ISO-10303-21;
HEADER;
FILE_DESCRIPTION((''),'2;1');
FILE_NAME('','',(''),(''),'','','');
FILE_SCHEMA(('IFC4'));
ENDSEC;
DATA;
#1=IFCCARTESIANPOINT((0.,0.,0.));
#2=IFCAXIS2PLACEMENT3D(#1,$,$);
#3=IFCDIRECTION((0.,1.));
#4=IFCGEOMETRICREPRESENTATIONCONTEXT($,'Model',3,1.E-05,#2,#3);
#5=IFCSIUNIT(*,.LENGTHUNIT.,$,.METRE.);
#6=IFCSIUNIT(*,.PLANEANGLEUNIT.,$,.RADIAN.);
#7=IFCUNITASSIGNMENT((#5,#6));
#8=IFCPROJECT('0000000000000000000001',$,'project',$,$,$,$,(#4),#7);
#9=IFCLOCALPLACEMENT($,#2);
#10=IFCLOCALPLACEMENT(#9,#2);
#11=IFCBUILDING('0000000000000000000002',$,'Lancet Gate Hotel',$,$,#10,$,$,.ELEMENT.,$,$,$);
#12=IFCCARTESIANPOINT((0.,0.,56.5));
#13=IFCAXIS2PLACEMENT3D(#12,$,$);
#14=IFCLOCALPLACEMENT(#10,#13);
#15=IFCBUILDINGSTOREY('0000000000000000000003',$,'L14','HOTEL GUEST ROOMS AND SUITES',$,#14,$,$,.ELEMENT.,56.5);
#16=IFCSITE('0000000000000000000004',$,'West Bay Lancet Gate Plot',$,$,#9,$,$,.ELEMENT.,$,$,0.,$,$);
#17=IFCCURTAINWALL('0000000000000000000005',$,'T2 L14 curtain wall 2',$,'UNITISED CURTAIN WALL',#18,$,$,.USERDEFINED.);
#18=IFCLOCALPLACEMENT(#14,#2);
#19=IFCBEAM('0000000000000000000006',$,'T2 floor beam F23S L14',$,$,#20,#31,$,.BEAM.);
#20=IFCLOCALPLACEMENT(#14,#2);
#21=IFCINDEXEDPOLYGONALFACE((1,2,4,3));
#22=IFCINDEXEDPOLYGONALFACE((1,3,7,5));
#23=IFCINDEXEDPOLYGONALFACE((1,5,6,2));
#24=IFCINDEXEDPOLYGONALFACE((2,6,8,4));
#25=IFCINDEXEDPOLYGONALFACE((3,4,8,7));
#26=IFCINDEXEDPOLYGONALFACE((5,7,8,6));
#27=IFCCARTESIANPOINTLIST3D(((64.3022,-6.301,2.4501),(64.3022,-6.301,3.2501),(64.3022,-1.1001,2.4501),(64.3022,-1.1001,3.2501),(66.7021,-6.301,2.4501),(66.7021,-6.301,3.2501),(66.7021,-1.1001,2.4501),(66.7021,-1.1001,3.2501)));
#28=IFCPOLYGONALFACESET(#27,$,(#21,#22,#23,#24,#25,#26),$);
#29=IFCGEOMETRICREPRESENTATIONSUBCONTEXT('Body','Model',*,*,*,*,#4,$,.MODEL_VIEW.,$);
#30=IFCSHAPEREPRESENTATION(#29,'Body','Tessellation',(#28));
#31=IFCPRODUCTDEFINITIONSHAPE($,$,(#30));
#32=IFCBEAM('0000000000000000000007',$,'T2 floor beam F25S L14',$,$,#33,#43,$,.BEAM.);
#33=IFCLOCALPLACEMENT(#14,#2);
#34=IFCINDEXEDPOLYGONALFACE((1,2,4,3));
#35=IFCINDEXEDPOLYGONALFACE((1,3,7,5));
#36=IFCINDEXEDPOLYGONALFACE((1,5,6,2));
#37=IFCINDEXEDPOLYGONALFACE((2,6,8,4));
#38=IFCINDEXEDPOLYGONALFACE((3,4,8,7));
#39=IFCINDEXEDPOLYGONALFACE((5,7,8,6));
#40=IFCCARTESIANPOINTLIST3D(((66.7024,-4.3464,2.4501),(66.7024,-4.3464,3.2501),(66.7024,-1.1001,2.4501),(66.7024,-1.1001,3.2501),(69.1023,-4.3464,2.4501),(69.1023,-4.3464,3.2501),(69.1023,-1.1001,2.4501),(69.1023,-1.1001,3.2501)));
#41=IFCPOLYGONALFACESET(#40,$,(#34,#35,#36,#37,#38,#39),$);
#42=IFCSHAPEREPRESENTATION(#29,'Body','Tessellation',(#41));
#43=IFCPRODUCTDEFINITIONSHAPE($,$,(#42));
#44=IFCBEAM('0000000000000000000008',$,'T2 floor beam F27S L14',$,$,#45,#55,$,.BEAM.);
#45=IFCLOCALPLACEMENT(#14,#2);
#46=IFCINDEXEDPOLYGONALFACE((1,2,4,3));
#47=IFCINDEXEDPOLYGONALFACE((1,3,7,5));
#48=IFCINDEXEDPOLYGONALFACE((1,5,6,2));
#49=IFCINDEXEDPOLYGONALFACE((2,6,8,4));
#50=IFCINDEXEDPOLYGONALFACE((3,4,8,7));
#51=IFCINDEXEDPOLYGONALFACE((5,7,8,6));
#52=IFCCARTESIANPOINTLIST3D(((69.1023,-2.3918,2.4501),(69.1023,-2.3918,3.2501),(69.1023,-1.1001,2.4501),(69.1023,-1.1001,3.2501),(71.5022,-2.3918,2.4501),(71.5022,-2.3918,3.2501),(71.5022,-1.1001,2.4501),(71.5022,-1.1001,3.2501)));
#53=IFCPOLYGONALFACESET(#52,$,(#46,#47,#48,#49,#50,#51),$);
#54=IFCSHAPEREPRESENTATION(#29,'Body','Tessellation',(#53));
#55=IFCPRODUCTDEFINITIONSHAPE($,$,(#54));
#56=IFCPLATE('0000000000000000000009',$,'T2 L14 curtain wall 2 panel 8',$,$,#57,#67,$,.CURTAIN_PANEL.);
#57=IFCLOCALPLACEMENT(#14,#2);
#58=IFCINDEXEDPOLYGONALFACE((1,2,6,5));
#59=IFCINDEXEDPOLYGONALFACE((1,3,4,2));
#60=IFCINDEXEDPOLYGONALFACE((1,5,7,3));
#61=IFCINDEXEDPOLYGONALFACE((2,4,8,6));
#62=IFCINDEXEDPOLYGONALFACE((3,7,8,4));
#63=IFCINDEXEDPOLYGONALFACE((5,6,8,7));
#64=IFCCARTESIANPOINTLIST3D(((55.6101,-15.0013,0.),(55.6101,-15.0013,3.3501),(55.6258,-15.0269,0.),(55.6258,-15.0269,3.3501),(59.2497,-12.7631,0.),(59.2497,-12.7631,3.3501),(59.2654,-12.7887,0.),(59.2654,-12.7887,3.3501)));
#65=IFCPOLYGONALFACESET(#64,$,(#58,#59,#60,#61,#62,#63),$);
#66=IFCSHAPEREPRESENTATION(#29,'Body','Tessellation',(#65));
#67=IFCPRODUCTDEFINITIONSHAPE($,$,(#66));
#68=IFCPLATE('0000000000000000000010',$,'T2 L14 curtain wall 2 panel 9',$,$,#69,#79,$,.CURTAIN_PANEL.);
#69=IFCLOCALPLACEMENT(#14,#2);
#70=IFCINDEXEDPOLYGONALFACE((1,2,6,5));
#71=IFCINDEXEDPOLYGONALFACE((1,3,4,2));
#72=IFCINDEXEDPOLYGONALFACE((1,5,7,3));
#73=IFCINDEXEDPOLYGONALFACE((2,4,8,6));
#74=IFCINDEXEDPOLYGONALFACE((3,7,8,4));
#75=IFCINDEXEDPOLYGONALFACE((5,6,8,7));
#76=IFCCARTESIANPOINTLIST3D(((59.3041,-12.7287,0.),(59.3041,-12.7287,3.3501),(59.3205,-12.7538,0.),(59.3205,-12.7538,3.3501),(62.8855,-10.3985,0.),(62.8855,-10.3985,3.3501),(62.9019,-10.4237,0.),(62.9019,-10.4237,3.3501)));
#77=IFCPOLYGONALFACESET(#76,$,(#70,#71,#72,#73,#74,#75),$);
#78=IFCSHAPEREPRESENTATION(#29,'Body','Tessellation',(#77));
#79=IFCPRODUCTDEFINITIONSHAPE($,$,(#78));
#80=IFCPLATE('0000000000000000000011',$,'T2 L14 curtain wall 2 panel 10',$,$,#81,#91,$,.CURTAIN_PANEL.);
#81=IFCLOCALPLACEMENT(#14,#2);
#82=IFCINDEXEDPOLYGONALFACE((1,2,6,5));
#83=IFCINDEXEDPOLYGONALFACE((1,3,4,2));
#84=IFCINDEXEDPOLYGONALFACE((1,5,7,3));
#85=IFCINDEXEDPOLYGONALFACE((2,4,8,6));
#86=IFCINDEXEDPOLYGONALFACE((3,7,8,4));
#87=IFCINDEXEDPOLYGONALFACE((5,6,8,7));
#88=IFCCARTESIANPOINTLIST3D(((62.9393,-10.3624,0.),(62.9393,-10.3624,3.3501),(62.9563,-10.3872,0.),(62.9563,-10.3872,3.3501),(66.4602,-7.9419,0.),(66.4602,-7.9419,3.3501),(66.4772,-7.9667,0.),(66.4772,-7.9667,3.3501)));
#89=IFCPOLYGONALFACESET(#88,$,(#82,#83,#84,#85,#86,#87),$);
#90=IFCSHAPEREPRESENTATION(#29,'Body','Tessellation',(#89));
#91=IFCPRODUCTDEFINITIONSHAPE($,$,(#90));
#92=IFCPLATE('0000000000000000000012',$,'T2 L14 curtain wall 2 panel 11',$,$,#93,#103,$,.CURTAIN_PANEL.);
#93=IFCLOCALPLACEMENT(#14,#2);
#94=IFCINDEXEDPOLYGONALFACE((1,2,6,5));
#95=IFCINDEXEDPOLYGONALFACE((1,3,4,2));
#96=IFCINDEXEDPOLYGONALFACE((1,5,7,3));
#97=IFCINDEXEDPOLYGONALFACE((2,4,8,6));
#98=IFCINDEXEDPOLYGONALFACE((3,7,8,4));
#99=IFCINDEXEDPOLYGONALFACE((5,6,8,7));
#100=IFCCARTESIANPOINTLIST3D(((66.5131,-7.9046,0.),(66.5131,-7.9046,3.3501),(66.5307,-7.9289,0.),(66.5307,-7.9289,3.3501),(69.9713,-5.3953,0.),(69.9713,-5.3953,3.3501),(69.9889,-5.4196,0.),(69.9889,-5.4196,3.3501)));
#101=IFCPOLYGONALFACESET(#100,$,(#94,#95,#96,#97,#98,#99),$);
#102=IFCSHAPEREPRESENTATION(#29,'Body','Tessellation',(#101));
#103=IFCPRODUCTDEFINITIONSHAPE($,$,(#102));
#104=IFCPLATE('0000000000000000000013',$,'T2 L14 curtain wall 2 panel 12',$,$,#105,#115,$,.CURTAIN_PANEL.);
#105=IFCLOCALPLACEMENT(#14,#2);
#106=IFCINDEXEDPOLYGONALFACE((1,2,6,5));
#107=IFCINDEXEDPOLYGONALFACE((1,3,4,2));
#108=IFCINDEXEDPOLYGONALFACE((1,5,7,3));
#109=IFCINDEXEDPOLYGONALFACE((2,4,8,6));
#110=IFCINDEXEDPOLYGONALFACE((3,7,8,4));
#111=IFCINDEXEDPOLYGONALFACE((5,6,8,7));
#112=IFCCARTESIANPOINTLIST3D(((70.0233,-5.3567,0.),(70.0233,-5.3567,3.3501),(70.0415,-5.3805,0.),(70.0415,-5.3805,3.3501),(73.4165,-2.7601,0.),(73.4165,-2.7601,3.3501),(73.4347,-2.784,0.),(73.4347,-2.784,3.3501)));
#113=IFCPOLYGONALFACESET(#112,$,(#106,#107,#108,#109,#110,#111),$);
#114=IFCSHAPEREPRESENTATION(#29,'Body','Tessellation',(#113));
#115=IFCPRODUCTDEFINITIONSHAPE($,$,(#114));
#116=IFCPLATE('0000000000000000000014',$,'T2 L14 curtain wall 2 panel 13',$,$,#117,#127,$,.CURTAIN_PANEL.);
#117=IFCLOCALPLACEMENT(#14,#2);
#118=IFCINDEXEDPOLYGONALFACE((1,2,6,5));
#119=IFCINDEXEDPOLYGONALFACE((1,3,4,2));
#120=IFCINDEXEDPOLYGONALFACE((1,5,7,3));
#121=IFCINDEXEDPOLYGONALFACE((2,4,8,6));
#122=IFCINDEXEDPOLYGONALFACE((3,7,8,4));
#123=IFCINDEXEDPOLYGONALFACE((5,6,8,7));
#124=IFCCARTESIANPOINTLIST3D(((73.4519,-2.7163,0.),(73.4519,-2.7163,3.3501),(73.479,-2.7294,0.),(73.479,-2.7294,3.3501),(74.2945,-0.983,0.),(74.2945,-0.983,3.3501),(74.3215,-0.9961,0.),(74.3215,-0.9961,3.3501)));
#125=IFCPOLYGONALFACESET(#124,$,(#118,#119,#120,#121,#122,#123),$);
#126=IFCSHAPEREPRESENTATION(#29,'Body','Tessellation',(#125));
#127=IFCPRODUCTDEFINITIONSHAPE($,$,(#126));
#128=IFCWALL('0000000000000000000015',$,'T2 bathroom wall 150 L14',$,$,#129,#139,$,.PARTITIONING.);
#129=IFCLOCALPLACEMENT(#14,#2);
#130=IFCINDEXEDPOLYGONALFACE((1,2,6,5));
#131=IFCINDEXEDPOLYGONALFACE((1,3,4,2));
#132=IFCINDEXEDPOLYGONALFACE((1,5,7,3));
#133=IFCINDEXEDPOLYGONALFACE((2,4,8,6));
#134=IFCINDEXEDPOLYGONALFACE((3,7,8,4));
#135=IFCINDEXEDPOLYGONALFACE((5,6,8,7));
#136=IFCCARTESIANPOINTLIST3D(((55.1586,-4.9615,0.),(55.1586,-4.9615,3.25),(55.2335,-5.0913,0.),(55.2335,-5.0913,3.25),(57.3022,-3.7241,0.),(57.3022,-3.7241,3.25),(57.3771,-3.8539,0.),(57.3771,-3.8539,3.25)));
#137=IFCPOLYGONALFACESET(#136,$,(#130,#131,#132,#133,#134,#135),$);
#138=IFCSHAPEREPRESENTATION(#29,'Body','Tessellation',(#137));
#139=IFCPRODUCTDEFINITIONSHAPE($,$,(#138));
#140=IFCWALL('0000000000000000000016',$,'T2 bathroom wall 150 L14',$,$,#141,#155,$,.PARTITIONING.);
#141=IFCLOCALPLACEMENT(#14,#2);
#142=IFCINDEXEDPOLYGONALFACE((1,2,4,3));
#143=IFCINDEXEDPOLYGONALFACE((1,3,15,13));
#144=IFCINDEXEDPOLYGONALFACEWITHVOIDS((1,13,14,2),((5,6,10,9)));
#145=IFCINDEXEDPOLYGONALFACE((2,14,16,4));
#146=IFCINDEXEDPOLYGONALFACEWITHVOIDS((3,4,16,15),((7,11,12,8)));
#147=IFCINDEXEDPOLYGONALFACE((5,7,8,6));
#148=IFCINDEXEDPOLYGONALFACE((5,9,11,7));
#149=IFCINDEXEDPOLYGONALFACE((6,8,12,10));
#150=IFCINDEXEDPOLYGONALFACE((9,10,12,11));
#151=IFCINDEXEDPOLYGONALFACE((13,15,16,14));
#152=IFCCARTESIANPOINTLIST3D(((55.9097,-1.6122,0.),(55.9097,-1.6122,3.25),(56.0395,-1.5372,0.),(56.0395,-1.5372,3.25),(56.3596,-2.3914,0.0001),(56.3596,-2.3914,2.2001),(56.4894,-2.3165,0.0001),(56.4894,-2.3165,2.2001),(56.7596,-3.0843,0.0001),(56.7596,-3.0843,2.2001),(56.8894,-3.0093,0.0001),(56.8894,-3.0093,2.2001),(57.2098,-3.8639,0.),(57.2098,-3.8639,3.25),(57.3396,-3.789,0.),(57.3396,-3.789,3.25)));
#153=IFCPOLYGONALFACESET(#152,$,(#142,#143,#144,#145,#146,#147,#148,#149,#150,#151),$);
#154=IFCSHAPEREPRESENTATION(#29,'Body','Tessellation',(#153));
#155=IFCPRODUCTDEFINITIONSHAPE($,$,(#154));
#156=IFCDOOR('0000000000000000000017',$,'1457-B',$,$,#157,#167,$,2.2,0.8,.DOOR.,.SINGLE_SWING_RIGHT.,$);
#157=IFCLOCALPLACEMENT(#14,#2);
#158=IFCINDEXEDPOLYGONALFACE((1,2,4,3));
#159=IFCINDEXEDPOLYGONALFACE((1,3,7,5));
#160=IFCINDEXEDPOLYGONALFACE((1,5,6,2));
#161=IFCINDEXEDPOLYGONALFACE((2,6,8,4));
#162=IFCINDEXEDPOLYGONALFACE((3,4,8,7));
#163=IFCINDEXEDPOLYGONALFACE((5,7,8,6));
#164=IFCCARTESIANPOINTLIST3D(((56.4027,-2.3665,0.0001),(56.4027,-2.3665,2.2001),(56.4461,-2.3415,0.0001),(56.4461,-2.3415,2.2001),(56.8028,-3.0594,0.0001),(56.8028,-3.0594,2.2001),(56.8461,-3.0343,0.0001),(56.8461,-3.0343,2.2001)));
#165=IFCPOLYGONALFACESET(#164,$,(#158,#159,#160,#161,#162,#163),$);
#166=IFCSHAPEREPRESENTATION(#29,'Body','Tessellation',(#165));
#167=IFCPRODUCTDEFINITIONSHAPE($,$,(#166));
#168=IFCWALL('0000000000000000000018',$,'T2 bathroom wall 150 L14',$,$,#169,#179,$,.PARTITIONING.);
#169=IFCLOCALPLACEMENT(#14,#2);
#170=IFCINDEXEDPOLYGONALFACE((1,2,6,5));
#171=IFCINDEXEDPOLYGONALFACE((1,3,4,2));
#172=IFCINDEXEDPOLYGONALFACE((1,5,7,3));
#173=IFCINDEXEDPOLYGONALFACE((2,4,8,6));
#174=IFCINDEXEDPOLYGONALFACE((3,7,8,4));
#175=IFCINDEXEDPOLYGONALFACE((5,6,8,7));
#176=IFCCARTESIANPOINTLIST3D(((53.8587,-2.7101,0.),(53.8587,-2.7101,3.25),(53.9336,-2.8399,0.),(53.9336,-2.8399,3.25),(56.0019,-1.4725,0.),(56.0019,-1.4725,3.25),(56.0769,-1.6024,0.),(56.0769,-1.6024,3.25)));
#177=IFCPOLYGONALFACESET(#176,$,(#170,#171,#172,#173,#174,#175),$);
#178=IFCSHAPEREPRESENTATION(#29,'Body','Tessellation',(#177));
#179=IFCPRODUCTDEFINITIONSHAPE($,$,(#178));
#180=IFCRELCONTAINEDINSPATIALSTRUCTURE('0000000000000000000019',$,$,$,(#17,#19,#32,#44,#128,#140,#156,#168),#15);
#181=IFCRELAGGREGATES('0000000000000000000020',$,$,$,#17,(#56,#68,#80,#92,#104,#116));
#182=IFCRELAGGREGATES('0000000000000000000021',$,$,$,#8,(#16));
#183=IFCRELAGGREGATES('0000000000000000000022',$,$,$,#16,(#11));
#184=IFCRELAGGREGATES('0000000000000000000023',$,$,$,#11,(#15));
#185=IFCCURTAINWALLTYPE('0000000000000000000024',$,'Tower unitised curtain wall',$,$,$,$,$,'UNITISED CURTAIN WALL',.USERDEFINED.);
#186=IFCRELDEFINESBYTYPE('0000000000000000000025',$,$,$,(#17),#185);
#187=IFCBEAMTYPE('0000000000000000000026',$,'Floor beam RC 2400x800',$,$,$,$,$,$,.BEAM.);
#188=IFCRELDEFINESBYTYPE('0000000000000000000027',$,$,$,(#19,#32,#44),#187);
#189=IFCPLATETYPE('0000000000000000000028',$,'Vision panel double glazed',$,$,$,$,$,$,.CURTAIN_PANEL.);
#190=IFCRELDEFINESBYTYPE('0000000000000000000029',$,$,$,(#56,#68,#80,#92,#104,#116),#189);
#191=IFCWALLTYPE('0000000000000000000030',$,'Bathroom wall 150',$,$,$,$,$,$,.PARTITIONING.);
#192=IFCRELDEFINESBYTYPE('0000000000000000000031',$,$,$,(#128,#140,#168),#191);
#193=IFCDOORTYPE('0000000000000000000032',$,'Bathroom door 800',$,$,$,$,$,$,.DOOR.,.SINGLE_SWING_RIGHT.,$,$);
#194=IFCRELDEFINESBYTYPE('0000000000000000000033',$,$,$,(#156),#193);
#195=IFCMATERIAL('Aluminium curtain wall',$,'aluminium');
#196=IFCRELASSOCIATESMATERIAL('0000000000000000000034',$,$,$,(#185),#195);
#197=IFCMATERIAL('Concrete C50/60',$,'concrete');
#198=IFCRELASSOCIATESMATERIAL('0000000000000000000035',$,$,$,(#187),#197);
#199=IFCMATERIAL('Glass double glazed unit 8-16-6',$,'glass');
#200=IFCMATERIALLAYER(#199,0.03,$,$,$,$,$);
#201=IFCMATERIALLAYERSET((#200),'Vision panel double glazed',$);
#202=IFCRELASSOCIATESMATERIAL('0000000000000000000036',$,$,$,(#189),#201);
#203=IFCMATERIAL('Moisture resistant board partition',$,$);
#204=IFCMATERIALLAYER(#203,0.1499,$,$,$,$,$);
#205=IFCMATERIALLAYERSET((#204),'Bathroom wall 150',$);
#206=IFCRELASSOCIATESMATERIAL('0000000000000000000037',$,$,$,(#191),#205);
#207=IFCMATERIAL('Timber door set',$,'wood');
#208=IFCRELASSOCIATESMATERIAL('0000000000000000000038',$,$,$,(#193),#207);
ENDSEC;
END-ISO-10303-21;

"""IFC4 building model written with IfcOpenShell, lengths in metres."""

from ifc_helpers import new_model, si_unit, direction, frame, frame_2d, origin, origin_2d, place, context, subcontext, project, spatial, rectangle, extrude, material, layer, layer_set, material_profile, profile_set, type_object, element, fill, aggregate, save


model = new_model("IFC4")

# Units and contexts
model_context = context("Model", 3, precision=1e-05, world=origin(), true_north=direction((0.0, 1.0)))
body_context = subcontext(model_context, "Body", "Model", "MODEL_VIEW")
ifc_project = project(units=[si_unit("LENGTHUNIT", "METRE"), si_unit("PLANEANGLEUNIT", "RADIAN")], contexts=[model_context])

# Site, building, storey
site_placement = place(None, origin())
site = spatial("IfcSite", under=ifc_project, at=site_placement, Name="West Bay Lancet Gate Plot", CompositionType="ELEMENT", RefElevation=0.0)
building_placement = place(site_placement, origin())
building = spatial("IfcBuilding", under=site, at=building_placement, Name="Lancet Gate Hotel", CompositionType="ELEMENT")
storey_placement = place(building_placement, frame((0.0, 0.0, 56.5)))
storey = spatial("IfcBuildingStorey", under=building, at=storey_placement, Name="L14", Description="HOTEL GUEST ROOMS AND SUITES", CompositionType="ELEMENT", Elevation=56.5)

# Curtain wall
ifc_material_1 = material(Name="Aluminium curtain wall", Category="aluminium")
curtain_wall_type = type_object("IfcCurtainWallType", Name="Tower unitised curtain wall", ElementType="UNITISED CURTAIN WALL", PredefinedType="USERDEFINED", material=ifc_material_1)
curtain_wall_placement = place(storey_placement, origin())
curtain_wall = element("IfcCurtainWall", 1, at=curtain_wall_placement, inside=storey, type_object=curtain_wall_type, Name="T2 L14 curtain wall 2", ObjectType="UNITISED CURTAIN WALL", PredefinedType="USERDEFINED")

# Beams
ifc_material_2 = material(Name="Concrete C50/60", Category="concrete")
ifc_material_profile_1 = material_profile(ifc_material_2, rectangle(XDim=2.3999, YDim=0.8, at=origin_2d()), Name="RC 2400x800")
ifc_profile_set_1 = profile_set([ifc_material_profile_1], Name="Concrete C50/60")
beam_type_1 = type_object("IfcBeamType", Name="Floor beam RC 2400x800", PredefinedType="BEAM", material=ifc_profile_set_1)
beam_1_placement = place(storey_placement, frame((65.5022, -6.301, 2.8501), z_axis=(0.0, 1.0, 0.0), x_axis=(-1.0, 0.0, 0.0)))
element("IfcBeam", 2, at=beam_1_placement, inside=storey, type_object=beam_type_1, Name="T2 floor beam F23S L14", PredefinedType="BEAM", context=body_context, shape_type="SweptSolid", body=[
    extrude(rectangle(XDim=2.3999, YDim=0.8, at=origin_2d()), origin(), (0.0, 0.0, 1.0), 5.2009),
])
beam_2_placement = place(storey_placement, frame((67.9023, -4.3464, 2.8501), z_axis=(0.0, 1.0, 0.0), x_axis=(-1.0, 0.0, 0.0)))
element("IfcBeam", 3, at=beam_2_placement, inside=storey, type_object=beam_type_1, Name="T2 floor beam F25S L14", PredefinedType="BEAM", context=body_context, shape_type="SweptSolid", body=[
    extrude(rectangle(XDim=2.3999, YDim=0.8, at=origin_2d()), origin(), (0.0, 0.0, 1.0), 3.2463),
])
beam_3_placement = place(storey_placement, frame((70.3022, -2.3918, 2.8501), z_axis=(0.0, 1.0, 0.0), x_axis=(-1.0, 0.0, 0.0)))
element("IfcBeam", 4, at=beam_3_placement, inside=storey, type_object=beam_type_1, Name="T2 floor beam F27S L14", PredefinedType="BEAM", context=body_context, shape_type="SweptSolid", body=[
    extrude(rectangle(XDim=2.3999, YDim=0.8, at=origin_2d()), origin(), (0.0, 0.0, 1.0), 1.2917),
])

# Plates
ifc_material_3 = material(Name="Glass double glazed unit 8-16-6", Category="glass")
ifc_layer_1 = layer(ifc_material_3, 0.03)
ifc_layer_set_1 = layer_set([ifc_layer_1], Name="Vision panel double glazed")
plate_type = type_object("IfcPlateType", Name="Vision panel double glazed", PredefinedType="CURTAIN_PANEL", material=ifc_layer_set_1)
plate_1_placement = place(storey_placement, frame((57.4377, -13.895, 0.0), z_axis=(0.0, 0.0, 1.0), x_axis=(0.851815, 0.523842, 0.0)))
plate_1 = element("IfcPlate", 5, at=plate_1_placement, type_object=plate_type, Name="T2 L14 curtain wall 2 panel 8", PredefinedType="CURTAIN_PANEL", context=body_context, shape_type="SweptSolid", body=[
    extrude(rectangle(XDim=4.2727, YDim=0.03, at=origin_2d()), origin(), (0.0, 0.0, 1.0), 3.3501),
])
plate_2_placement = place(storey_placement, frame((61.103, -11.5762, 0.0), z_axis=(0.0, 0.0, 1.0), x_axis=(0.838207, 0.545353, 0.0)))
plate_2 = element("IfcPlate", 6, at=plate_2_placement, type_object=plate_type, Name="T2 L14 curtain wall 2 panel 9", PredefinedType="CURTAIN_PANEL", context=body_context, shape_type="SweptSolid", body=[
    extrude(rectangle(XDim=4.2727, YDim=0.03, at=origin_2d()), origin(), (0.0, 0.0, 1.0), 3.3501),
])
plate_3_placement = place(storey_placement, frame((64.7083, -9.1646, 0.0), z_axis=(0.0, 0.0, 1.0), x_axis=(0.824055, 0.566509, 0.0)))
plate_3 = element("IfcPlate", 7, at=plate_3_placement, type_object=plate_type, Name="T2 L14 curtain wall 2 panel 10", PredefinedType="CURTAIN_PANEL", context=body_context, shape_type="SweptSolid", body=[
    extrude(rectangle(XDim=4.2727, YDim=0.03, at=origin_2d()), origin(), (0.0, 0.0, 1.0), 3.3501),
])
plate_4_placement = place(storey_placement, frame((68.251, -6.6621, 0.0), z_axis=(0.0, 0.0, 1.0), x_axis=(0.80937, 0.587299, 0.0)))
plate_4 = element("IfcPlate", 8, at=plate_4_placement, type_object=plate_type, Name="T2 L14 curtain wall 2 panel 11", PredefinedType="CURTAIN_PANEL", context=body_context, shape_type="SweptSolid", body=[
    extrude(rectangle(XDim=4.2727, YDim=0.03, at=origin_2d()), origin(), (0.0, 0.0, 1.0), 3.3501),
])
plate_5_placement = place(storey_placement, frame((71.729, -4.0703, 0.0), z_axis=(0.0, 0.0, 1.0), x_axis=(0.79416, 0.607709, 0.0)))
plate_5 = element("IfcPlate", 9, at=plate_5_placement, type_object=plate_type, Name="T2 L14 curtain wall 2 panel 12", PredefinedType="CURTAIN_PANEL", context=body_context, shape_type="SweptSolid", body=[
    extrude(rectangle(XDim=4.2727, YDim=0.03, at=origin_2d()), origin(), (0.0, 0.0, 1.0), 3.3501),
])
plate_6_placement = place(storey_placement, frame((73.8867, -1.8562, 0.0), z_axis=(0.0, 0.0, 1.0), x_axis=(0.437169, 0.899379, 0.0)))
plate_6 = element("IfcPlate", 10, at=plate_6_placement, type_object=plate_type, Name="T2 L14 curtain wall 2 panel 13", PredefinedType="CURTAIN_PANEL", context=body_context, shape_type="SweptSolid", body=[
    extrude(rectangle(XDim=1.9272, YDim=0.03, at=origin_2d()), origin(), (0.0, 0.0, 1.0), 3.3501),
])
aggregate(curtain_wall, [plate_1, plate_2, plate_3, plate_4, plate_5, plate_6])

# Wall
ifc_material_4 = material(Name="Moisture resistant board partition")
ifc_layer_2 = layer(ifc_material_4, 0.1499)
ifc_layer_set_2 = layer_set([ifc_layer_2], Name="Bathroom wall 150")
wall_type = type_object("IfcWallType", Name="Bathroom wall 150", PredefinedType="PARTITIONING", material=ifc_layer_set_2)
wall_1_placement = place(storey_placement, frame((55.196, -5.0264, 0.0), z_axis=(0.0, 0.0, 1.0), x_axis=(0.866074, 0.499916, 0.0)))
element("IfcWall", 11, at=wall_1_placement, inside=storey, type_object=wall_type, Name="T2 bathroom wall 150 L14", PredefinedType="PARTITIONING", context=body_context, shape_type="SweptSolid", body=[
    extrude(rectangle(XDim=2.4751, YDim=0.1499, at=frame_2d((1.2375, 0.0))), origin(), (0.0, 0.0, 1.0), 3.25),
])

# Wall, opening, door
wall_2_placement = place(storey_placement, frame((55.9746, -1.5747, 0.0), z_axis=(0.0, 0.0, 1.0), x_axis=(0.500007, -0.866021, 0.0)))
wall_2 = element("IfcWall", 12, at=wall_2_placement, inside=storey, type_object=wall_type, Name="T2 bathroom wall 150 L14", PredefinedType="PARTITIONING", context=body_context, shape_type="SweptSolid", body=[
    extrude(rectangle(XDim=2.6001, YDim=0.1499, at=frame_2d((1.3, 0.0))), origin(), (0.0, 0.0, 1.0), 3.25),
])
opening_placement = place(wall_2_placement, frame((0.8999, 0.0, 0.0)))
opening = element("IfcOpeningElement", 13, at=opening_placement, cuts=wall_2, PredefinedType="OPENING", context=body_context, shape_type="SweptSolid", body=[
    extrude(rectangle(XDim=0.8, YDim=2.2, at=frame_2d((0.3999, 1.1001))), frame((0.0, 0.085, 0.0), z_axis=(0.0, -1.0, 0.0), x_axis=(1.0, 0.0, 0.0)), (0.0, 0.0, 1.0), 0.1699),
])
ifc_material_5 = material(Name="Timber door set", Category="wood")
door_type = type_object("IfcDoorType", Name="Bathroom door 800", OperationType="SINGLE_SWING_RIGHT", PredefinedType="DOOR", material=ifc_material_5)
door_placement = place(opening_placement, origin())
door = element("IfcDoor", 14, at=door_placement, inside=storey, type_object=door_type, Name="1457-B", OperationType="SINGLE_SWING_RIGHT", OverallHeight=2.2, OverallWidth=0.8, PredefinedType="DOOR", context=body_context, shape_type="SweptSolid", body=[
    extrude(rectangle(XDim=0.8, YDim=2.2, at=frame_2d((0.3999, 1.1001))), frame((0.0, 0.0249, 0.0), z_axis=(0.0, -1.0, 0.0), x_axis=(1.0, 0.0, 0.0)), (0.0, 0.0, 1.0), 0.05),
])
fill(opening, door)

# Wall
wall_3_placement = place(storey_placement, frame((53.8962, -2.7749, 0.0), z_axis=(0.0, 0.0, 1.0), x_axis=(0.866007, 0.500033, 0.0)))
element("IfcWall", 15, at=wall_3_placement, inside=storey, type_object=wall_type, Name="T2 bathroom wall 150 L14", PredefinedType="PARTITIONING", context=body_context, shape_type="SweptSolid", body=[
    extrude(rectangle(XDim=2.4749, YDim=0.1499, at=frame_2d((1.2373, 0.0))), origin(), (0.0, 0.0, 1.0), 3.25),
])

save(model, "model.ifc")
